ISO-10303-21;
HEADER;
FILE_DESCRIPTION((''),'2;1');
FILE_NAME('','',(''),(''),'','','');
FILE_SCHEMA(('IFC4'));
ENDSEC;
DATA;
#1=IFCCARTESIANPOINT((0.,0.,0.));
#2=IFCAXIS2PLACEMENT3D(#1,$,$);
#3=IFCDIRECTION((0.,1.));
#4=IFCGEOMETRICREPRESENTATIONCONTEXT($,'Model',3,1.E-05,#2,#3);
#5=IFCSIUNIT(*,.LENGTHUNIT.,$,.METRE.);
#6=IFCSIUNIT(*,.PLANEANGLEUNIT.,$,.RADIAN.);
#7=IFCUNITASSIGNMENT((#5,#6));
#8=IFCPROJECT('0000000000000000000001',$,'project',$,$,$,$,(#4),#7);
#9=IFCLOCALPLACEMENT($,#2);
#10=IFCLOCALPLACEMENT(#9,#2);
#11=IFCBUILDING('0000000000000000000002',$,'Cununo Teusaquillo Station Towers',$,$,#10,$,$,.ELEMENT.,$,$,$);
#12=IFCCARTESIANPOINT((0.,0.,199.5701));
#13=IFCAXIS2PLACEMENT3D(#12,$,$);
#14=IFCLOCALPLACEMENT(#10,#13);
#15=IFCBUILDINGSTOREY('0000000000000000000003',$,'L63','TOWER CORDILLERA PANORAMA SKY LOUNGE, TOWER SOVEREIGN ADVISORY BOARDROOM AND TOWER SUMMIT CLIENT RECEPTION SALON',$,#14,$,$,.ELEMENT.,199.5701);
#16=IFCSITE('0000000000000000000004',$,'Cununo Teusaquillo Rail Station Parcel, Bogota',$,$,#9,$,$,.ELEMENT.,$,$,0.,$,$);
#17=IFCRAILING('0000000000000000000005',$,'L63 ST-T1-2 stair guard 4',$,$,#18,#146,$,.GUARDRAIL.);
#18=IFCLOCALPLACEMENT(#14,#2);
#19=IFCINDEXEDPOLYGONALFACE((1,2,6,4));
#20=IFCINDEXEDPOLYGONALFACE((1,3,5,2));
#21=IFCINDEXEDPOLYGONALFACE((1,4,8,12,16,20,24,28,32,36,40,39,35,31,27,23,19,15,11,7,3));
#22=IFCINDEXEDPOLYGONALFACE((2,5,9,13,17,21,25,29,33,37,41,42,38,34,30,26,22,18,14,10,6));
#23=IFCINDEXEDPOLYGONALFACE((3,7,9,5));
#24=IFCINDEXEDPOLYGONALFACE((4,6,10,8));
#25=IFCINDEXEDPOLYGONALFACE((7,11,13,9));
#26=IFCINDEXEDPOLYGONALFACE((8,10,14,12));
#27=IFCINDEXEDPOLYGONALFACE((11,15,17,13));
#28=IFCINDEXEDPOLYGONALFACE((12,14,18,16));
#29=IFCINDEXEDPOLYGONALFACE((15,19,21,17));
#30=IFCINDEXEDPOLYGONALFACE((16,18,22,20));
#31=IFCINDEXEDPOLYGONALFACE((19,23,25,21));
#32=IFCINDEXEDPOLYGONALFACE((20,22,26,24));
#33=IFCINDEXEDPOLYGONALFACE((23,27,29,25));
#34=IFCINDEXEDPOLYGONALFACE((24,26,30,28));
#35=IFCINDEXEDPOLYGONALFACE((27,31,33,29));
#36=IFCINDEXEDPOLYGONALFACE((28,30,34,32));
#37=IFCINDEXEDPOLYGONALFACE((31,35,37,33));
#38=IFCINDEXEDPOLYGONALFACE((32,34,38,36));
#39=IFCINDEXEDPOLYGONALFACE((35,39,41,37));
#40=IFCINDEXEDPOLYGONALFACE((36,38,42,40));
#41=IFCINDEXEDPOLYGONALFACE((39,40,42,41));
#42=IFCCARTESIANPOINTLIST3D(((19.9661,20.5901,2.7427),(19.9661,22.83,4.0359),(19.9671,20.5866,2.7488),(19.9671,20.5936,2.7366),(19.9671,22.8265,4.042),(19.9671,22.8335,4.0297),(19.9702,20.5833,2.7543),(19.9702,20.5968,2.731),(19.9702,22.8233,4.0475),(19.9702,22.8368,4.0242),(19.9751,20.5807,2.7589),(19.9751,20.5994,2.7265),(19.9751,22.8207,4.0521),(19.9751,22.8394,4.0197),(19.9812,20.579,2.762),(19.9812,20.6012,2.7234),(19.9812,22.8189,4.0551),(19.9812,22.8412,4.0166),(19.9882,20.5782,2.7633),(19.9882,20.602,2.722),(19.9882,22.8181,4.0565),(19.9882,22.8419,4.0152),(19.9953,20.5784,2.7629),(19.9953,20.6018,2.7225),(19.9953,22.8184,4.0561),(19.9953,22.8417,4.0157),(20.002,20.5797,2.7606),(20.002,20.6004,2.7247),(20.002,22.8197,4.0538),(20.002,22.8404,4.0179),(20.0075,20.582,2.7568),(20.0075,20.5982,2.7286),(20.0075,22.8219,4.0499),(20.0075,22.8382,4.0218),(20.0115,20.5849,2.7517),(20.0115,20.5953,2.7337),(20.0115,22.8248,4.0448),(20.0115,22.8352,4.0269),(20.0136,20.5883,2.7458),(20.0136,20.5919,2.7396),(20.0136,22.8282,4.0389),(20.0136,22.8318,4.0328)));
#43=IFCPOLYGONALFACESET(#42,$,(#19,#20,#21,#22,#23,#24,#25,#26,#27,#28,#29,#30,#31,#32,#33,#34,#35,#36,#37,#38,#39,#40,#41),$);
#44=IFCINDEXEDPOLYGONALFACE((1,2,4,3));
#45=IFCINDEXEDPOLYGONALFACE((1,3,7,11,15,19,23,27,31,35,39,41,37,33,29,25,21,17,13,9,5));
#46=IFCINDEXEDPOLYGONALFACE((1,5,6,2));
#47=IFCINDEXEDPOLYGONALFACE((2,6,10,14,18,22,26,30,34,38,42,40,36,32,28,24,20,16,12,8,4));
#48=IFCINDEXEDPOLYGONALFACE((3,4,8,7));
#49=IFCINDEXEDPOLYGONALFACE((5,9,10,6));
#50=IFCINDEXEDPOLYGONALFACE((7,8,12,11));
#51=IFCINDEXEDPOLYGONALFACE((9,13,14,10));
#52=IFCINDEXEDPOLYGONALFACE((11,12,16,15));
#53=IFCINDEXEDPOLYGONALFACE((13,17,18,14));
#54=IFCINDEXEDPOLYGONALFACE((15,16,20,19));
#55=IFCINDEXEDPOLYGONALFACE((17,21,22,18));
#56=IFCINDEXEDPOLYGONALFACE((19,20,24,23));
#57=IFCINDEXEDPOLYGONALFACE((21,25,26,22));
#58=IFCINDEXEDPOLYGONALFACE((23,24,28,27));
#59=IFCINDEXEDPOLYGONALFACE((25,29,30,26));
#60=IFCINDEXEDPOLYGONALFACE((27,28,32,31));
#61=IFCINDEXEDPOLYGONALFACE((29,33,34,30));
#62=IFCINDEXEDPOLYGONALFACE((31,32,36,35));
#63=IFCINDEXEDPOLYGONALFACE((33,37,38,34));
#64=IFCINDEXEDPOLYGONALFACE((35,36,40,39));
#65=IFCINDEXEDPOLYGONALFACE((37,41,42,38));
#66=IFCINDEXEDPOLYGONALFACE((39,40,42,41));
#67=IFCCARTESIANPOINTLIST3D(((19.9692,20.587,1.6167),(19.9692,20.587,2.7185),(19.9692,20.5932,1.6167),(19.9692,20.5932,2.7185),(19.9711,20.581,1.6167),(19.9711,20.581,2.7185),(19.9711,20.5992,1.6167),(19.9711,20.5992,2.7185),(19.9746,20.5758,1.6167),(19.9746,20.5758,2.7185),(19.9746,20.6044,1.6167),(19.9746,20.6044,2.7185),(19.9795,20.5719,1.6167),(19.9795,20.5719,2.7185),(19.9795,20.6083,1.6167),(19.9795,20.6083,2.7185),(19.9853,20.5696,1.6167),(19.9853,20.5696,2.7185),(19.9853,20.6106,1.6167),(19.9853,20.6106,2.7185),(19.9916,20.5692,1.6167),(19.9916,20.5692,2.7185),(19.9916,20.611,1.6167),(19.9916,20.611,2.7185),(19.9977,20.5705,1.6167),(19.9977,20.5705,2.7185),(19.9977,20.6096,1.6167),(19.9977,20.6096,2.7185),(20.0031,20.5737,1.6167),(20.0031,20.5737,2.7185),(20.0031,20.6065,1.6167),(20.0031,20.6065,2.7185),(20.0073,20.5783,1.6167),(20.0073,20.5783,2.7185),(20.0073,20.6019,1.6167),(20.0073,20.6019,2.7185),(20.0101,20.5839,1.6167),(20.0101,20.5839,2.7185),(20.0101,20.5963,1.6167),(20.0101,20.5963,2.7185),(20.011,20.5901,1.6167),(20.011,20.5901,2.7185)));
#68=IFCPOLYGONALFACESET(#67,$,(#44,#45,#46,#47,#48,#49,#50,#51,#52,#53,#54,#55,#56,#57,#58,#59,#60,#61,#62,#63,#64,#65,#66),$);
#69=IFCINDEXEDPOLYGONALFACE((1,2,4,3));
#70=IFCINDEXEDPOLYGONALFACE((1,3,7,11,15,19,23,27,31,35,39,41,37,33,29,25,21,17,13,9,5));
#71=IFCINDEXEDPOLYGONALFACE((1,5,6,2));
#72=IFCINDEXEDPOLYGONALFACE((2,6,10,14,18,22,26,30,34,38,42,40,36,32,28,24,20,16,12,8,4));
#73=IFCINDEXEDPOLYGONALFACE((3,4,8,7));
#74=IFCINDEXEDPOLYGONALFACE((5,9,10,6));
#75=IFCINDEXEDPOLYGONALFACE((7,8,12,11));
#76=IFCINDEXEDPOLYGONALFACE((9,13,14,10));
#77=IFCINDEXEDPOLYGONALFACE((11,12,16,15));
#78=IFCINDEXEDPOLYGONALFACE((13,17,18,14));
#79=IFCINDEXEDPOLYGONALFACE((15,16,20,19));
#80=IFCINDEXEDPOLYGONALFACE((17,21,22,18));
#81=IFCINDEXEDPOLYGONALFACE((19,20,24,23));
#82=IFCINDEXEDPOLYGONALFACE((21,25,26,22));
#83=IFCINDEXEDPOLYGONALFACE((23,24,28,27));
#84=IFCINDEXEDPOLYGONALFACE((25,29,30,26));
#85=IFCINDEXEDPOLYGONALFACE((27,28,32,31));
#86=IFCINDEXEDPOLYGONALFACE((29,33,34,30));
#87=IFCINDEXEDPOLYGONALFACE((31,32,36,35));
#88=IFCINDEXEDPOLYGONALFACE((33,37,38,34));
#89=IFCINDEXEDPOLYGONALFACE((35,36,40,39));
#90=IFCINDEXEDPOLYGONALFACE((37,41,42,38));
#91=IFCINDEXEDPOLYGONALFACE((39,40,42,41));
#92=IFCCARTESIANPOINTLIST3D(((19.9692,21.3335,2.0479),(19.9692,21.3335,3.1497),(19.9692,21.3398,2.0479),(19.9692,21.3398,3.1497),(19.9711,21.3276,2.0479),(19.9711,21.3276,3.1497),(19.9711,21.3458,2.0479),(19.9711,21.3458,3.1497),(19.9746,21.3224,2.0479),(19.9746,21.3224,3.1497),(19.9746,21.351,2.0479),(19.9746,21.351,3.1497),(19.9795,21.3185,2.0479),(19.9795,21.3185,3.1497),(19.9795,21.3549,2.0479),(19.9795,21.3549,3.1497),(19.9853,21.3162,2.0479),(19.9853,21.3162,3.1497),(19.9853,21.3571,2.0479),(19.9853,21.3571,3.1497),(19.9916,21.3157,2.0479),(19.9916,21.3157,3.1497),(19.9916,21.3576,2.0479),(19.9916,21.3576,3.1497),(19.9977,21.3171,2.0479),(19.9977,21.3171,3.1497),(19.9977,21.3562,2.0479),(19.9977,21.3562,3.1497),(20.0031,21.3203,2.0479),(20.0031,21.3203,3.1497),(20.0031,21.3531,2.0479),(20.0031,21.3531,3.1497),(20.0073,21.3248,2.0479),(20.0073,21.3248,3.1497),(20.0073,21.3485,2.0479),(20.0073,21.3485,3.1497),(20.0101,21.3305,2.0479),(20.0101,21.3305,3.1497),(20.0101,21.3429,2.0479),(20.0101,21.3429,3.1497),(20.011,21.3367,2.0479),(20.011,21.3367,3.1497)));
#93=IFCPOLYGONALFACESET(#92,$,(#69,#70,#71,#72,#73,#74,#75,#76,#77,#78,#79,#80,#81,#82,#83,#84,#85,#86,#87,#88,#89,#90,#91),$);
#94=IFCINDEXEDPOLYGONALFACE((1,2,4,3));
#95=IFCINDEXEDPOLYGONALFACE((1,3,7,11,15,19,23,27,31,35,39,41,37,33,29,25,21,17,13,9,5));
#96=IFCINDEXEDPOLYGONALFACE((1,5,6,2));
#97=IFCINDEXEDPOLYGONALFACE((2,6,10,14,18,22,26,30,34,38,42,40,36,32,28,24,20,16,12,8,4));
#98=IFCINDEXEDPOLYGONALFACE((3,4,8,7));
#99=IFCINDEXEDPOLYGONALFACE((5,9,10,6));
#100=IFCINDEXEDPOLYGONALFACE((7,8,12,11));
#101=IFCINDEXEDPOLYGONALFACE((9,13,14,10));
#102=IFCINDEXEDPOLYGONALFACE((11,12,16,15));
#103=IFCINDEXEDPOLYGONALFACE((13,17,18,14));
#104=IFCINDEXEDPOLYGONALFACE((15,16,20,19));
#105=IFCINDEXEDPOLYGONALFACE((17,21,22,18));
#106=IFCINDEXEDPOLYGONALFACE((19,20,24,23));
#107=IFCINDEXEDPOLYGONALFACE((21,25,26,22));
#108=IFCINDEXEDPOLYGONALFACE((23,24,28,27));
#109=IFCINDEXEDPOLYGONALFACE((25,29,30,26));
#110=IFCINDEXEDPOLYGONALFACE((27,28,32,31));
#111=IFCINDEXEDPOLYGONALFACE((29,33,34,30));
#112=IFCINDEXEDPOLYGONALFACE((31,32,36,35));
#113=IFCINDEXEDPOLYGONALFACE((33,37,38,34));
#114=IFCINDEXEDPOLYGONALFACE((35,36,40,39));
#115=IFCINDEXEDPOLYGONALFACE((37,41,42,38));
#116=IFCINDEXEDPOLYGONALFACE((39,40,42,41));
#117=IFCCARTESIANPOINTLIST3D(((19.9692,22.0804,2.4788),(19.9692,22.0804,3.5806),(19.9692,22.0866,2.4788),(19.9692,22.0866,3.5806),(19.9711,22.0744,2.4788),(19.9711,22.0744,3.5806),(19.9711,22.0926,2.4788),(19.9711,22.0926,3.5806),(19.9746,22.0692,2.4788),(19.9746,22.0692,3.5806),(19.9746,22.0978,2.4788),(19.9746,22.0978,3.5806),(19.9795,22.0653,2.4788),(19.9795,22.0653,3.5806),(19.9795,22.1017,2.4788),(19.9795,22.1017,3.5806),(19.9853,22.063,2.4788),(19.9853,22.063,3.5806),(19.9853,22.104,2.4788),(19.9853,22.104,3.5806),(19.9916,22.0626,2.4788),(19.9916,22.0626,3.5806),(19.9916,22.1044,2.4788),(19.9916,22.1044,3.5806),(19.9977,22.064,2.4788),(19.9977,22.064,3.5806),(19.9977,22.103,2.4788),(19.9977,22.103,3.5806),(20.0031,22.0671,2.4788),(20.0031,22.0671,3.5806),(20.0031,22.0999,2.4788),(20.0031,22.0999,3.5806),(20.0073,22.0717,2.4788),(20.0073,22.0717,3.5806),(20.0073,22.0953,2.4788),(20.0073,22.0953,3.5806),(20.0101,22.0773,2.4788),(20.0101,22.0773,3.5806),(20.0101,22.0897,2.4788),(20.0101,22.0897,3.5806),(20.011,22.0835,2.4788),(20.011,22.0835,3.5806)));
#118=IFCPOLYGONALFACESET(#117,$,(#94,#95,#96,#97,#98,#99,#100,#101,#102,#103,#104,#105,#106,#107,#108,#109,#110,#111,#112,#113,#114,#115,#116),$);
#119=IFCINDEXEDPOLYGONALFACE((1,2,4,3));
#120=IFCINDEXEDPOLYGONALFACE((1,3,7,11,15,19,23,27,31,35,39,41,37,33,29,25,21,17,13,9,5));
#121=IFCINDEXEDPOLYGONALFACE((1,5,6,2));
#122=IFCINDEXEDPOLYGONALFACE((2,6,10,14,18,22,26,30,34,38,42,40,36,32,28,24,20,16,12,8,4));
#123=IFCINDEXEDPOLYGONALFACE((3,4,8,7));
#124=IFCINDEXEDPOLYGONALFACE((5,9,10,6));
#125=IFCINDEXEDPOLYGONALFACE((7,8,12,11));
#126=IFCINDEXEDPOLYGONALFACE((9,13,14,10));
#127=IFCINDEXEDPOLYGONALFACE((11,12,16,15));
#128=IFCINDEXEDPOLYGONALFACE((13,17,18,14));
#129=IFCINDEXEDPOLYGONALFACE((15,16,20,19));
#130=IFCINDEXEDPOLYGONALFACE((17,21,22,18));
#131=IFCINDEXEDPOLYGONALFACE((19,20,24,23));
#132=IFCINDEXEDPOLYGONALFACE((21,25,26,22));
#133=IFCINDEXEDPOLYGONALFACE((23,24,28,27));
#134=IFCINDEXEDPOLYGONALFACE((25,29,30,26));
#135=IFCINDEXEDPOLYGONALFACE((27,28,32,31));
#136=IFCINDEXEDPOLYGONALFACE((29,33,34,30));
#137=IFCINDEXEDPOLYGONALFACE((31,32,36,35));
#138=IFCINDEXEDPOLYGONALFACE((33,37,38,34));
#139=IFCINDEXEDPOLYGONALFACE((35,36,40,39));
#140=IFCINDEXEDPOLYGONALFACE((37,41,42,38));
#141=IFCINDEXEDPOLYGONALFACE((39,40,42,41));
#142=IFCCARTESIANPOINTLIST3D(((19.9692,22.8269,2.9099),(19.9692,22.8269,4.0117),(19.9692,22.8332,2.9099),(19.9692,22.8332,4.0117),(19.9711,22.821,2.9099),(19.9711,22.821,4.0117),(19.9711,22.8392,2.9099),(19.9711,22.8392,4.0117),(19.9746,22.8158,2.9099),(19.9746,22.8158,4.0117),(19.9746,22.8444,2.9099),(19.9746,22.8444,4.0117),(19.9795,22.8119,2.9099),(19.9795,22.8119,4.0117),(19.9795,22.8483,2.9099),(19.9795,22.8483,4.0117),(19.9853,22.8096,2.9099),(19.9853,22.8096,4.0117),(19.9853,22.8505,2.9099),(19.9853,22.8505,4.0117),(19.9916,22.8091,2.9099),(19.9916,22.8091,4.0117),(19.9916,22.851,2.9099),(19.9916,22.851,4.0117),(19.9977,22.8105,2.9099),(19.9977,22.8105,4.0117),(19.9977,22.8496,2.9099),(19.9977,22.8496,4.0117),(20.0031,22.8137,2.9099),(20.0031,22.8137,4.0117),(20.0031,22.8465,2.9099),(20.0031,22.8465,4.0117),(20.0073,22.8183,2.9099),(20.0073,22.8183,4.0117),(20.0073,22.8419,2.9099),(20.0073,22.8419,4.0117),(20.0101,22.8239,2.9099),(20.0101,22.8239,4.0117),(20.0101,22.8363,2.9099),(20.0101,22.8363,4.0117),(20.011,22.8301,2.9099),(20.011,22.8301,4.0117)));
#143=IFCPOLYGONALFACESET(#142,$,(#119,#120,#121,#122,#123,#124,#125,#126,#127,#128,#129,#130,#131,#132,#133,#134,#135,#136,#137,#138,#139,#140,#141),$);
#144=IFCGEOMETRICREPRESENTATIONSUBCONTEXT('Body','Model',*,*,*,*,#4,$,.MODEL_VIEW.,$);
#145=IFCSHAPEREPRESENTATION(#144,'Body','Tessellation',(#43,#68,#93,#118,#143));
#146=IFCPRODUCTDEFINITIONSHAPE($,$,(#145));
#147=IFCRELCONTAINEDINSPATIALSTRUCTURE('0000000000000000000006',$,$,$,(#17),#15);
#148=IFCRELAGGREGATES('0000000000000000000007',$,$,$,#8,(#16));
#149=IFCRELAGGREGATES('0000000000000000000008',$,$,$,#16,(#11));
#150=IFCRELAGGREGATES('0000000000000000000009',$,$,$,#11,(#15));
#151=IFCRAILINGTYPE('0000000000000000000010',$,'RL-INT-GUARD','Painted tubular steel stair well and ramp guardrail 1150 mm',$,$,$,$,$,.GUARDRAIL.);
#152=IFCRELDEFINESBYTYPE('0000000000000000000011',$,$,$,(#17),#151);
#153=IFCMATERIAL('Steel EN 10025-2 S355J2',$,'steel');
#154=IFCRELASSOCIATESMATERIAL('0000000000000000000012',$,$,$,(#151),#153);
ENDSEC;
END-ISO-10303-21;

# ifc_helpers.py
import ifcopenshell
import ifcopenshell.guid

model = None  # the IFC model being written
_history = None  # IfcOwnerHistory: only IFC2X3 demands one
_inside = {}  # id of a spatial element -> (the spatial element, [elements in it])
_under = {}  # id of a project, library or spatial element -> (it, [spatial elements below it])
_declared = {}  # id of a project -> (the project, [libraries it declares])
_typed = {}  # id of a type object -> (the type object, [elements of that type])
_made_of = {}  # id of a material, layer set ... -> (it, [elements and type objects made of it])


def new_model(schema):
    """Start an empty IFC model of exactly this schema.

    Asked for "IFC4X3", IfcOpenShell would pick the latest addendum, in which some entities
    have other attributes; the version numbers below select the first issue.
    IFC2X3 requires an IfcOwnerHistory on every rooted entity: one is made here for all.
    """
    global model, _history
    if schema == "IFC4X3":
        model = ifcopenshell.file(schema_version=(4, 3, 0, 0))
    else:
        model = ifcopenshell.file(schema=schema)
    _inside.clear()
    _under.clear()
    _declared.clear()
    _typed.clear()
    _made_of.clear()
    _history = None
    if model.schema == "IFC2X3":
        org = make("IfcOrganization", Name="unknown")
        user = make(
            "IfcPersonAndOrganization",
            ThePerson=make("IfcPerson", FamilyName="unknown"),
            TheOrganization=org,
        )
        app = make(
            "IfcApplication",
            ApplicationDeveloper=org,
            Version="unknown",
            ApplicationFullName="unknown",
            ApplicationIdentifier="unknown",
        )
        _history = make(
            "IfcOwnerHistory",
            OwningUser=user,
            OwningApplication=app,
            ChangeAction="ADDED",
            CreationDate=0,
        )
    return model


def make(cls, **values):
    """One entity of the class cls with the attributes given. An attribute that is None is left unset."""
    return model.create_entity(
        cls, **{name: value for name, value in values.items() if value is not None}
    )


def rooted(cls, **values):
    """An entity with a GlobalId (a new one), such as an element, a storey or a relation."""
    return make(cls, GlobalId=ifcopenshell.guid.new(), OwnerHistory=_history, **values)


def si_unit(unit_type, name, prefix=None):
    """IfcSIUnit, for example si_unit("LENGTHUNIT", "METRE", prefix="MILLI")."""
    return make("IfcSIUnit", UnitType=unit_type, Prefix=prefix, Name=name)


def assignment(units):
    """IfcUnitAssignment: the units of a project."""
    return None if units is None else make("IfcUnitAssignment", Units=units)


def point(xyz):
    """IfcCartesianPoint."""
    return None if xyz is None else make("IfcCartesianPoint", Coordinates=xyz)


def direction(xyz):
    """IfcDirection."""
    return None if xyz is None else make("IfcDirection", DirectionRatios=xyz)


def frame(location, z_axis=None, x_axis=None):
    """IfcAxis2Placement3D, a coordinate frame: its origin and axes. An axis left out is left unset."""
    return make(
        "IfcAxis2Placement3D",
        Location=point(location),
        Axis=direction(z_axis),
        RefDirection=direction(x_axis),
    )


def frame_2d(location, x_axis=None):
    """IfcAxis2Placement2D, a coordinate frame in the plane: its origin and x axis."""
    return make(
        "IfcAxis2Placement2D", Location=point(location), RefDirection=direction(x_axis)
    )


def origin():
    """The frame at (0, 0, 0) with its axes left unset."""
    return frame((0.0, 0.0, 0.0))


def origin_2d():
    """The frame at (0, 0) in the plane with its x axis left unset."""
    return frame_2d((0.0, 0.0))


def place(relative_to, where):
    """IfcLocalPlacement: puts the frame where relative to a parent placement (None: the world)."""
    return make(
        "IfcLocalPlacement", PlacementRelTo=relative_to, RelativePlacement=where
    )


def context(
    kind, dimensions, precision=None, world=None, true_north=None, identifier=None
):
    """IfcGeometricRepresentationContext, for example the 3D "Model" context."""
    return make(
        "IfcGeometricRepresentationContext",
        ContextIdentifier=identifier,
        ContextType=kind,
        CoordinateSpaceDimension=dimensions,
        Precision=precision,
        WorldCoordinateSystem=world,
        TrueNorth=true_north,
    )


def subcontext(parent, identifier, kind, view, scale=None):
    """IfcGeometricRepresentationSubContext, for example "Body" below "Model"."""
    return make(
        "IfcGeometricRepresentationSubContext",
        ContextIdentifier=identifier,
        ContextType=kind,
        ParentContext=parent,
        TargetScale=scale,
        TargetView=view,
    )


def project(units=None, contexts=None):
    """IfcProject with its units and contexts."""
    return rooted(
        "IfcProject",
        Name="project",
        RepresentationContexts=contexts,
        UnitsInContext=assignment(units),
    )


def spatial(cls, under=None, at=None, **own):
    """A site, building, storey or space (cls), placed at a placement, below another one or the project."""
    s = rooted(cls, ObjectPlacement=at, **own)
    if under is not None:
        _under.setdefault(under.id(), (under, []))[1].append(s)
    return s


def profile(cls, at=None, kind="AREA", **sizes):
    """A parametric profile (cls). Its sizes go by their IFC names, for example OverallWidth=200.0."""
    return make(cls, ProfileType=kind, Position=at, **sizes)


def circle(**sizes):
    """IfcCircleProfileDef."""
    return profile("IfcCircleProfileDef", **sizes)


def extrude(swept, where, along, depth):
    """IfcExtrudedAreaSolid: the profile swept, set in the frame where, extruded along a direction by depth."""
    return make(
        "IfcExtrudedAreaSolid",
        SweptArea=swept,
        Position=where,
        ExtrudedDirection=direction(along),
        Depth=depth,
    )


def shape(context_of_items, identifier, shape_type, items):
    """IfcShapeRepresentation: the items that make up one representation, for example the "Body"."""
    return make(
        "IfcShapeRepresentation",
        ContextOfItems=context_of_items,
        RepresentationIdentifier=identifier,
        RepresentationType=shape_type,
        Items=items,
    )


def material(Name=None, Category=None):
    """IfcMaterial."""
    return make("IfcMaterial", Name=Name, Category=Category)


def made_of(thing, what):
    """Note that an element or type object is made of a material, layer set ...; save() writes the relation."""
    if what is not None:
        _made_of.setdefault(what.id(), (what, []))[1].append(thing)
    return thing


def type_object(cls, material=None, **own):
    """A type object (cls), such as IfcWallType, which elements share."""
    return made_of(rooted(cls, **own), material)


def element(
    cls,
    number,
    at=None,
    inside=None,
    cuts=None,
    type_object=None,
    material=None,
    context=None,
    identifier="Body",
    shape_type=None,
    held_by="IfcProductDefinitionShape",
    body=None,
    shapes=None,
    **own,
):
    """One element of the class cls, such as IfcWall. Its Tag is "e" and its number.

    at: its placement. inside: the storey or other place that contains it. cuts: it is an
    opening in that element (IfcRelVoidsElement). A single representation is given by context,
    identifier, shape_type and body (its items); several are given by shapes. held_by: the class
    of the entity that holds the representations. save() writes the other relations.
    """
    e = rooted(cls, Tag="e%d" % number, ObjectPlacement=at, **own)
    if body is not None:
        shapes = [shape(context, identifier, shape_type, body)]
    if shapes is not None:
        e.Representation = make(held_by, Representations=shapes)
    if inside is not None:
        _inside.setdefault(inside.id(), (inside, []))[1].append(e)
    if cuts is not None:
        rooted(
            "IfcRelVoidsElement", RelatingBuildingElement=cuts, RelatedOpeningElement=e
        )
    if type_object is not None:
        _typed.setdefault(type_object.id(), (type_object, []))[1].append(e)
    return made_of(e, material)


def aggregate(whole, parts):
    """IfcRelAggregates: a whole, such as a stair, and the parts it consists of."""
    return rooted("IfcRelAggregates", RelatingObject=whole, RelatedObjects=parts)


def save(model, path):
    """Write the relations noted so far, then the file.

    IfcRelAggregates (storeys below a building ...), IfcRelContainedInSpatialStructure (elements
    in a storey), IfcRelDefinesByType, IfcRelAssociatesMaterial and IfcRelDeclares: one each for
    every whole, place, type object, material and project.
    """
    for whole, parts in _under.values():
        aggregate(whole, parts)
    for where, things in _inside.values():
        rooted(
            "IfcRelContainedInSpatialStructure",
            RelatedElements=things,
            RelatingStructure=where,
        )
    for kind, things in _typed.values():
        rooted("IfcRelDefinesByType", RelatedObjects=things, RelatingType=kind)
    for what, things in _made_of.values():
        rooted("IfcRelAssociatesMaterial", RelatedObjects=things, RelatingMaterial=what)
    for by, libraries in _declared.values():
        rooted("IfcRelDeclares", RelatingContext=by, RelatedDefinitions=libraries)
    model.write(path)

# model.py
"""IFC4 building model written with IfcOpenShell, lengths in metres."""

from ifc_helpers import new_model, si_unit, direction, frame, origin, origin_2d, place, context, subcontext, project, spatial, circle, extrude, material, type_object, element, save


model = new_model("IFC4")

# Units and contexts
model_context = context("Model", 3, precision=1e-05, world=origin(), true_north=direction((0.0, 1.0)))
body_context = subcontext(model_context, "Body", "Model", "MODEL_VIEW")
ifc_project = project(units=[si_unit("LENGTHUNIT", "METRE"), si_unit("PLANEANGLEUNIT", "RADIAN")], contexts=[model_context])

# Site, building, storey
site_placement = place(None, origin())
site = spatial("IfcSite", under=ifc_project, at=site_placement, Name="Cununo Teusaquillo Rail Station Parcel, Bogota", CompositionType="ELEMENT", RefElevation=0.0)
building_placement = place(site_placement, origin())
building = spatial("IfcBuilding", under=site, at=building_placement, Name="Cununo Teusaquillo Station Towers", CompositionType="ELEMENT")
storey_placement = place(building_placement, frame((0.0, 0.0, 199.5701)))
storey = spatial("IfcBuildingStorey", under=building, at=storey_placement, Name="L63", Description="TOWER CORDILLERA PANORAMA SKY LOUNGE, TOWER SOVEREIGN ADVISORY BOARDROOM AND TOWER SUMMIT CLIENT RECEPTION SALON", CompositionType="ELEMENT", Elevation=199.5701)

# Railing
ifc_material_1 = material(Name="Steel EN 10025-2 S355J2", Category="steel")
railing_type_1 = type_object("IfcRailingType", Name="RL-INT-GUARD", Description="Painted tubular steel stair well and ramp guardrail 1150 mm", PredefinedType="GUARDRAIL", material=ifc_material_1)
railing_1_placement = place(storey_placement, frame((19.99, 20.5901, 1.6167)))
element("IfcRailing", 1, at=railing_1_placement, inside=storey, type_object=railing_type_1, Name="L63 ST-T1-2 stair guard 4", PredefinedType="GUARDRAIL", context=body_context, shape_type="SweptSolid", body=[
    extrude(circle(Radius=0.0239, at=origin_2d()), frame((0.0, 0.0, 1.126), z_axis=(0.0, 0.866033, 0.499987), x_axis=(-1.0, 0.0, 0.0)), (0.0, 0.0, 1.0), 2.5864),
    extrude(circle(Radius=0.021, at=origin_2d()), origin(), (0.0, 0.0, 1.0), 1.1018),
    extrude(circle(Radius=0.021, at=origin_2d()), frame((0.0, 0.7466, 0.4312)), (0.0, 0.0, 1.0), 1.1018),
    extrude(circle(Radius=0.021, at=origin_2d()), frame((0.0, 1.4934, 0.8621)), (0.0, 0.0, 1.0), 1.1018),
    extrude(circle(Radius=0.021, at=origin_2d()), frame((0.0, 2.24, 1.2932)), (0.0, 0.0, 1.0), 1.1018),
])

save(model, "model.ifc")
